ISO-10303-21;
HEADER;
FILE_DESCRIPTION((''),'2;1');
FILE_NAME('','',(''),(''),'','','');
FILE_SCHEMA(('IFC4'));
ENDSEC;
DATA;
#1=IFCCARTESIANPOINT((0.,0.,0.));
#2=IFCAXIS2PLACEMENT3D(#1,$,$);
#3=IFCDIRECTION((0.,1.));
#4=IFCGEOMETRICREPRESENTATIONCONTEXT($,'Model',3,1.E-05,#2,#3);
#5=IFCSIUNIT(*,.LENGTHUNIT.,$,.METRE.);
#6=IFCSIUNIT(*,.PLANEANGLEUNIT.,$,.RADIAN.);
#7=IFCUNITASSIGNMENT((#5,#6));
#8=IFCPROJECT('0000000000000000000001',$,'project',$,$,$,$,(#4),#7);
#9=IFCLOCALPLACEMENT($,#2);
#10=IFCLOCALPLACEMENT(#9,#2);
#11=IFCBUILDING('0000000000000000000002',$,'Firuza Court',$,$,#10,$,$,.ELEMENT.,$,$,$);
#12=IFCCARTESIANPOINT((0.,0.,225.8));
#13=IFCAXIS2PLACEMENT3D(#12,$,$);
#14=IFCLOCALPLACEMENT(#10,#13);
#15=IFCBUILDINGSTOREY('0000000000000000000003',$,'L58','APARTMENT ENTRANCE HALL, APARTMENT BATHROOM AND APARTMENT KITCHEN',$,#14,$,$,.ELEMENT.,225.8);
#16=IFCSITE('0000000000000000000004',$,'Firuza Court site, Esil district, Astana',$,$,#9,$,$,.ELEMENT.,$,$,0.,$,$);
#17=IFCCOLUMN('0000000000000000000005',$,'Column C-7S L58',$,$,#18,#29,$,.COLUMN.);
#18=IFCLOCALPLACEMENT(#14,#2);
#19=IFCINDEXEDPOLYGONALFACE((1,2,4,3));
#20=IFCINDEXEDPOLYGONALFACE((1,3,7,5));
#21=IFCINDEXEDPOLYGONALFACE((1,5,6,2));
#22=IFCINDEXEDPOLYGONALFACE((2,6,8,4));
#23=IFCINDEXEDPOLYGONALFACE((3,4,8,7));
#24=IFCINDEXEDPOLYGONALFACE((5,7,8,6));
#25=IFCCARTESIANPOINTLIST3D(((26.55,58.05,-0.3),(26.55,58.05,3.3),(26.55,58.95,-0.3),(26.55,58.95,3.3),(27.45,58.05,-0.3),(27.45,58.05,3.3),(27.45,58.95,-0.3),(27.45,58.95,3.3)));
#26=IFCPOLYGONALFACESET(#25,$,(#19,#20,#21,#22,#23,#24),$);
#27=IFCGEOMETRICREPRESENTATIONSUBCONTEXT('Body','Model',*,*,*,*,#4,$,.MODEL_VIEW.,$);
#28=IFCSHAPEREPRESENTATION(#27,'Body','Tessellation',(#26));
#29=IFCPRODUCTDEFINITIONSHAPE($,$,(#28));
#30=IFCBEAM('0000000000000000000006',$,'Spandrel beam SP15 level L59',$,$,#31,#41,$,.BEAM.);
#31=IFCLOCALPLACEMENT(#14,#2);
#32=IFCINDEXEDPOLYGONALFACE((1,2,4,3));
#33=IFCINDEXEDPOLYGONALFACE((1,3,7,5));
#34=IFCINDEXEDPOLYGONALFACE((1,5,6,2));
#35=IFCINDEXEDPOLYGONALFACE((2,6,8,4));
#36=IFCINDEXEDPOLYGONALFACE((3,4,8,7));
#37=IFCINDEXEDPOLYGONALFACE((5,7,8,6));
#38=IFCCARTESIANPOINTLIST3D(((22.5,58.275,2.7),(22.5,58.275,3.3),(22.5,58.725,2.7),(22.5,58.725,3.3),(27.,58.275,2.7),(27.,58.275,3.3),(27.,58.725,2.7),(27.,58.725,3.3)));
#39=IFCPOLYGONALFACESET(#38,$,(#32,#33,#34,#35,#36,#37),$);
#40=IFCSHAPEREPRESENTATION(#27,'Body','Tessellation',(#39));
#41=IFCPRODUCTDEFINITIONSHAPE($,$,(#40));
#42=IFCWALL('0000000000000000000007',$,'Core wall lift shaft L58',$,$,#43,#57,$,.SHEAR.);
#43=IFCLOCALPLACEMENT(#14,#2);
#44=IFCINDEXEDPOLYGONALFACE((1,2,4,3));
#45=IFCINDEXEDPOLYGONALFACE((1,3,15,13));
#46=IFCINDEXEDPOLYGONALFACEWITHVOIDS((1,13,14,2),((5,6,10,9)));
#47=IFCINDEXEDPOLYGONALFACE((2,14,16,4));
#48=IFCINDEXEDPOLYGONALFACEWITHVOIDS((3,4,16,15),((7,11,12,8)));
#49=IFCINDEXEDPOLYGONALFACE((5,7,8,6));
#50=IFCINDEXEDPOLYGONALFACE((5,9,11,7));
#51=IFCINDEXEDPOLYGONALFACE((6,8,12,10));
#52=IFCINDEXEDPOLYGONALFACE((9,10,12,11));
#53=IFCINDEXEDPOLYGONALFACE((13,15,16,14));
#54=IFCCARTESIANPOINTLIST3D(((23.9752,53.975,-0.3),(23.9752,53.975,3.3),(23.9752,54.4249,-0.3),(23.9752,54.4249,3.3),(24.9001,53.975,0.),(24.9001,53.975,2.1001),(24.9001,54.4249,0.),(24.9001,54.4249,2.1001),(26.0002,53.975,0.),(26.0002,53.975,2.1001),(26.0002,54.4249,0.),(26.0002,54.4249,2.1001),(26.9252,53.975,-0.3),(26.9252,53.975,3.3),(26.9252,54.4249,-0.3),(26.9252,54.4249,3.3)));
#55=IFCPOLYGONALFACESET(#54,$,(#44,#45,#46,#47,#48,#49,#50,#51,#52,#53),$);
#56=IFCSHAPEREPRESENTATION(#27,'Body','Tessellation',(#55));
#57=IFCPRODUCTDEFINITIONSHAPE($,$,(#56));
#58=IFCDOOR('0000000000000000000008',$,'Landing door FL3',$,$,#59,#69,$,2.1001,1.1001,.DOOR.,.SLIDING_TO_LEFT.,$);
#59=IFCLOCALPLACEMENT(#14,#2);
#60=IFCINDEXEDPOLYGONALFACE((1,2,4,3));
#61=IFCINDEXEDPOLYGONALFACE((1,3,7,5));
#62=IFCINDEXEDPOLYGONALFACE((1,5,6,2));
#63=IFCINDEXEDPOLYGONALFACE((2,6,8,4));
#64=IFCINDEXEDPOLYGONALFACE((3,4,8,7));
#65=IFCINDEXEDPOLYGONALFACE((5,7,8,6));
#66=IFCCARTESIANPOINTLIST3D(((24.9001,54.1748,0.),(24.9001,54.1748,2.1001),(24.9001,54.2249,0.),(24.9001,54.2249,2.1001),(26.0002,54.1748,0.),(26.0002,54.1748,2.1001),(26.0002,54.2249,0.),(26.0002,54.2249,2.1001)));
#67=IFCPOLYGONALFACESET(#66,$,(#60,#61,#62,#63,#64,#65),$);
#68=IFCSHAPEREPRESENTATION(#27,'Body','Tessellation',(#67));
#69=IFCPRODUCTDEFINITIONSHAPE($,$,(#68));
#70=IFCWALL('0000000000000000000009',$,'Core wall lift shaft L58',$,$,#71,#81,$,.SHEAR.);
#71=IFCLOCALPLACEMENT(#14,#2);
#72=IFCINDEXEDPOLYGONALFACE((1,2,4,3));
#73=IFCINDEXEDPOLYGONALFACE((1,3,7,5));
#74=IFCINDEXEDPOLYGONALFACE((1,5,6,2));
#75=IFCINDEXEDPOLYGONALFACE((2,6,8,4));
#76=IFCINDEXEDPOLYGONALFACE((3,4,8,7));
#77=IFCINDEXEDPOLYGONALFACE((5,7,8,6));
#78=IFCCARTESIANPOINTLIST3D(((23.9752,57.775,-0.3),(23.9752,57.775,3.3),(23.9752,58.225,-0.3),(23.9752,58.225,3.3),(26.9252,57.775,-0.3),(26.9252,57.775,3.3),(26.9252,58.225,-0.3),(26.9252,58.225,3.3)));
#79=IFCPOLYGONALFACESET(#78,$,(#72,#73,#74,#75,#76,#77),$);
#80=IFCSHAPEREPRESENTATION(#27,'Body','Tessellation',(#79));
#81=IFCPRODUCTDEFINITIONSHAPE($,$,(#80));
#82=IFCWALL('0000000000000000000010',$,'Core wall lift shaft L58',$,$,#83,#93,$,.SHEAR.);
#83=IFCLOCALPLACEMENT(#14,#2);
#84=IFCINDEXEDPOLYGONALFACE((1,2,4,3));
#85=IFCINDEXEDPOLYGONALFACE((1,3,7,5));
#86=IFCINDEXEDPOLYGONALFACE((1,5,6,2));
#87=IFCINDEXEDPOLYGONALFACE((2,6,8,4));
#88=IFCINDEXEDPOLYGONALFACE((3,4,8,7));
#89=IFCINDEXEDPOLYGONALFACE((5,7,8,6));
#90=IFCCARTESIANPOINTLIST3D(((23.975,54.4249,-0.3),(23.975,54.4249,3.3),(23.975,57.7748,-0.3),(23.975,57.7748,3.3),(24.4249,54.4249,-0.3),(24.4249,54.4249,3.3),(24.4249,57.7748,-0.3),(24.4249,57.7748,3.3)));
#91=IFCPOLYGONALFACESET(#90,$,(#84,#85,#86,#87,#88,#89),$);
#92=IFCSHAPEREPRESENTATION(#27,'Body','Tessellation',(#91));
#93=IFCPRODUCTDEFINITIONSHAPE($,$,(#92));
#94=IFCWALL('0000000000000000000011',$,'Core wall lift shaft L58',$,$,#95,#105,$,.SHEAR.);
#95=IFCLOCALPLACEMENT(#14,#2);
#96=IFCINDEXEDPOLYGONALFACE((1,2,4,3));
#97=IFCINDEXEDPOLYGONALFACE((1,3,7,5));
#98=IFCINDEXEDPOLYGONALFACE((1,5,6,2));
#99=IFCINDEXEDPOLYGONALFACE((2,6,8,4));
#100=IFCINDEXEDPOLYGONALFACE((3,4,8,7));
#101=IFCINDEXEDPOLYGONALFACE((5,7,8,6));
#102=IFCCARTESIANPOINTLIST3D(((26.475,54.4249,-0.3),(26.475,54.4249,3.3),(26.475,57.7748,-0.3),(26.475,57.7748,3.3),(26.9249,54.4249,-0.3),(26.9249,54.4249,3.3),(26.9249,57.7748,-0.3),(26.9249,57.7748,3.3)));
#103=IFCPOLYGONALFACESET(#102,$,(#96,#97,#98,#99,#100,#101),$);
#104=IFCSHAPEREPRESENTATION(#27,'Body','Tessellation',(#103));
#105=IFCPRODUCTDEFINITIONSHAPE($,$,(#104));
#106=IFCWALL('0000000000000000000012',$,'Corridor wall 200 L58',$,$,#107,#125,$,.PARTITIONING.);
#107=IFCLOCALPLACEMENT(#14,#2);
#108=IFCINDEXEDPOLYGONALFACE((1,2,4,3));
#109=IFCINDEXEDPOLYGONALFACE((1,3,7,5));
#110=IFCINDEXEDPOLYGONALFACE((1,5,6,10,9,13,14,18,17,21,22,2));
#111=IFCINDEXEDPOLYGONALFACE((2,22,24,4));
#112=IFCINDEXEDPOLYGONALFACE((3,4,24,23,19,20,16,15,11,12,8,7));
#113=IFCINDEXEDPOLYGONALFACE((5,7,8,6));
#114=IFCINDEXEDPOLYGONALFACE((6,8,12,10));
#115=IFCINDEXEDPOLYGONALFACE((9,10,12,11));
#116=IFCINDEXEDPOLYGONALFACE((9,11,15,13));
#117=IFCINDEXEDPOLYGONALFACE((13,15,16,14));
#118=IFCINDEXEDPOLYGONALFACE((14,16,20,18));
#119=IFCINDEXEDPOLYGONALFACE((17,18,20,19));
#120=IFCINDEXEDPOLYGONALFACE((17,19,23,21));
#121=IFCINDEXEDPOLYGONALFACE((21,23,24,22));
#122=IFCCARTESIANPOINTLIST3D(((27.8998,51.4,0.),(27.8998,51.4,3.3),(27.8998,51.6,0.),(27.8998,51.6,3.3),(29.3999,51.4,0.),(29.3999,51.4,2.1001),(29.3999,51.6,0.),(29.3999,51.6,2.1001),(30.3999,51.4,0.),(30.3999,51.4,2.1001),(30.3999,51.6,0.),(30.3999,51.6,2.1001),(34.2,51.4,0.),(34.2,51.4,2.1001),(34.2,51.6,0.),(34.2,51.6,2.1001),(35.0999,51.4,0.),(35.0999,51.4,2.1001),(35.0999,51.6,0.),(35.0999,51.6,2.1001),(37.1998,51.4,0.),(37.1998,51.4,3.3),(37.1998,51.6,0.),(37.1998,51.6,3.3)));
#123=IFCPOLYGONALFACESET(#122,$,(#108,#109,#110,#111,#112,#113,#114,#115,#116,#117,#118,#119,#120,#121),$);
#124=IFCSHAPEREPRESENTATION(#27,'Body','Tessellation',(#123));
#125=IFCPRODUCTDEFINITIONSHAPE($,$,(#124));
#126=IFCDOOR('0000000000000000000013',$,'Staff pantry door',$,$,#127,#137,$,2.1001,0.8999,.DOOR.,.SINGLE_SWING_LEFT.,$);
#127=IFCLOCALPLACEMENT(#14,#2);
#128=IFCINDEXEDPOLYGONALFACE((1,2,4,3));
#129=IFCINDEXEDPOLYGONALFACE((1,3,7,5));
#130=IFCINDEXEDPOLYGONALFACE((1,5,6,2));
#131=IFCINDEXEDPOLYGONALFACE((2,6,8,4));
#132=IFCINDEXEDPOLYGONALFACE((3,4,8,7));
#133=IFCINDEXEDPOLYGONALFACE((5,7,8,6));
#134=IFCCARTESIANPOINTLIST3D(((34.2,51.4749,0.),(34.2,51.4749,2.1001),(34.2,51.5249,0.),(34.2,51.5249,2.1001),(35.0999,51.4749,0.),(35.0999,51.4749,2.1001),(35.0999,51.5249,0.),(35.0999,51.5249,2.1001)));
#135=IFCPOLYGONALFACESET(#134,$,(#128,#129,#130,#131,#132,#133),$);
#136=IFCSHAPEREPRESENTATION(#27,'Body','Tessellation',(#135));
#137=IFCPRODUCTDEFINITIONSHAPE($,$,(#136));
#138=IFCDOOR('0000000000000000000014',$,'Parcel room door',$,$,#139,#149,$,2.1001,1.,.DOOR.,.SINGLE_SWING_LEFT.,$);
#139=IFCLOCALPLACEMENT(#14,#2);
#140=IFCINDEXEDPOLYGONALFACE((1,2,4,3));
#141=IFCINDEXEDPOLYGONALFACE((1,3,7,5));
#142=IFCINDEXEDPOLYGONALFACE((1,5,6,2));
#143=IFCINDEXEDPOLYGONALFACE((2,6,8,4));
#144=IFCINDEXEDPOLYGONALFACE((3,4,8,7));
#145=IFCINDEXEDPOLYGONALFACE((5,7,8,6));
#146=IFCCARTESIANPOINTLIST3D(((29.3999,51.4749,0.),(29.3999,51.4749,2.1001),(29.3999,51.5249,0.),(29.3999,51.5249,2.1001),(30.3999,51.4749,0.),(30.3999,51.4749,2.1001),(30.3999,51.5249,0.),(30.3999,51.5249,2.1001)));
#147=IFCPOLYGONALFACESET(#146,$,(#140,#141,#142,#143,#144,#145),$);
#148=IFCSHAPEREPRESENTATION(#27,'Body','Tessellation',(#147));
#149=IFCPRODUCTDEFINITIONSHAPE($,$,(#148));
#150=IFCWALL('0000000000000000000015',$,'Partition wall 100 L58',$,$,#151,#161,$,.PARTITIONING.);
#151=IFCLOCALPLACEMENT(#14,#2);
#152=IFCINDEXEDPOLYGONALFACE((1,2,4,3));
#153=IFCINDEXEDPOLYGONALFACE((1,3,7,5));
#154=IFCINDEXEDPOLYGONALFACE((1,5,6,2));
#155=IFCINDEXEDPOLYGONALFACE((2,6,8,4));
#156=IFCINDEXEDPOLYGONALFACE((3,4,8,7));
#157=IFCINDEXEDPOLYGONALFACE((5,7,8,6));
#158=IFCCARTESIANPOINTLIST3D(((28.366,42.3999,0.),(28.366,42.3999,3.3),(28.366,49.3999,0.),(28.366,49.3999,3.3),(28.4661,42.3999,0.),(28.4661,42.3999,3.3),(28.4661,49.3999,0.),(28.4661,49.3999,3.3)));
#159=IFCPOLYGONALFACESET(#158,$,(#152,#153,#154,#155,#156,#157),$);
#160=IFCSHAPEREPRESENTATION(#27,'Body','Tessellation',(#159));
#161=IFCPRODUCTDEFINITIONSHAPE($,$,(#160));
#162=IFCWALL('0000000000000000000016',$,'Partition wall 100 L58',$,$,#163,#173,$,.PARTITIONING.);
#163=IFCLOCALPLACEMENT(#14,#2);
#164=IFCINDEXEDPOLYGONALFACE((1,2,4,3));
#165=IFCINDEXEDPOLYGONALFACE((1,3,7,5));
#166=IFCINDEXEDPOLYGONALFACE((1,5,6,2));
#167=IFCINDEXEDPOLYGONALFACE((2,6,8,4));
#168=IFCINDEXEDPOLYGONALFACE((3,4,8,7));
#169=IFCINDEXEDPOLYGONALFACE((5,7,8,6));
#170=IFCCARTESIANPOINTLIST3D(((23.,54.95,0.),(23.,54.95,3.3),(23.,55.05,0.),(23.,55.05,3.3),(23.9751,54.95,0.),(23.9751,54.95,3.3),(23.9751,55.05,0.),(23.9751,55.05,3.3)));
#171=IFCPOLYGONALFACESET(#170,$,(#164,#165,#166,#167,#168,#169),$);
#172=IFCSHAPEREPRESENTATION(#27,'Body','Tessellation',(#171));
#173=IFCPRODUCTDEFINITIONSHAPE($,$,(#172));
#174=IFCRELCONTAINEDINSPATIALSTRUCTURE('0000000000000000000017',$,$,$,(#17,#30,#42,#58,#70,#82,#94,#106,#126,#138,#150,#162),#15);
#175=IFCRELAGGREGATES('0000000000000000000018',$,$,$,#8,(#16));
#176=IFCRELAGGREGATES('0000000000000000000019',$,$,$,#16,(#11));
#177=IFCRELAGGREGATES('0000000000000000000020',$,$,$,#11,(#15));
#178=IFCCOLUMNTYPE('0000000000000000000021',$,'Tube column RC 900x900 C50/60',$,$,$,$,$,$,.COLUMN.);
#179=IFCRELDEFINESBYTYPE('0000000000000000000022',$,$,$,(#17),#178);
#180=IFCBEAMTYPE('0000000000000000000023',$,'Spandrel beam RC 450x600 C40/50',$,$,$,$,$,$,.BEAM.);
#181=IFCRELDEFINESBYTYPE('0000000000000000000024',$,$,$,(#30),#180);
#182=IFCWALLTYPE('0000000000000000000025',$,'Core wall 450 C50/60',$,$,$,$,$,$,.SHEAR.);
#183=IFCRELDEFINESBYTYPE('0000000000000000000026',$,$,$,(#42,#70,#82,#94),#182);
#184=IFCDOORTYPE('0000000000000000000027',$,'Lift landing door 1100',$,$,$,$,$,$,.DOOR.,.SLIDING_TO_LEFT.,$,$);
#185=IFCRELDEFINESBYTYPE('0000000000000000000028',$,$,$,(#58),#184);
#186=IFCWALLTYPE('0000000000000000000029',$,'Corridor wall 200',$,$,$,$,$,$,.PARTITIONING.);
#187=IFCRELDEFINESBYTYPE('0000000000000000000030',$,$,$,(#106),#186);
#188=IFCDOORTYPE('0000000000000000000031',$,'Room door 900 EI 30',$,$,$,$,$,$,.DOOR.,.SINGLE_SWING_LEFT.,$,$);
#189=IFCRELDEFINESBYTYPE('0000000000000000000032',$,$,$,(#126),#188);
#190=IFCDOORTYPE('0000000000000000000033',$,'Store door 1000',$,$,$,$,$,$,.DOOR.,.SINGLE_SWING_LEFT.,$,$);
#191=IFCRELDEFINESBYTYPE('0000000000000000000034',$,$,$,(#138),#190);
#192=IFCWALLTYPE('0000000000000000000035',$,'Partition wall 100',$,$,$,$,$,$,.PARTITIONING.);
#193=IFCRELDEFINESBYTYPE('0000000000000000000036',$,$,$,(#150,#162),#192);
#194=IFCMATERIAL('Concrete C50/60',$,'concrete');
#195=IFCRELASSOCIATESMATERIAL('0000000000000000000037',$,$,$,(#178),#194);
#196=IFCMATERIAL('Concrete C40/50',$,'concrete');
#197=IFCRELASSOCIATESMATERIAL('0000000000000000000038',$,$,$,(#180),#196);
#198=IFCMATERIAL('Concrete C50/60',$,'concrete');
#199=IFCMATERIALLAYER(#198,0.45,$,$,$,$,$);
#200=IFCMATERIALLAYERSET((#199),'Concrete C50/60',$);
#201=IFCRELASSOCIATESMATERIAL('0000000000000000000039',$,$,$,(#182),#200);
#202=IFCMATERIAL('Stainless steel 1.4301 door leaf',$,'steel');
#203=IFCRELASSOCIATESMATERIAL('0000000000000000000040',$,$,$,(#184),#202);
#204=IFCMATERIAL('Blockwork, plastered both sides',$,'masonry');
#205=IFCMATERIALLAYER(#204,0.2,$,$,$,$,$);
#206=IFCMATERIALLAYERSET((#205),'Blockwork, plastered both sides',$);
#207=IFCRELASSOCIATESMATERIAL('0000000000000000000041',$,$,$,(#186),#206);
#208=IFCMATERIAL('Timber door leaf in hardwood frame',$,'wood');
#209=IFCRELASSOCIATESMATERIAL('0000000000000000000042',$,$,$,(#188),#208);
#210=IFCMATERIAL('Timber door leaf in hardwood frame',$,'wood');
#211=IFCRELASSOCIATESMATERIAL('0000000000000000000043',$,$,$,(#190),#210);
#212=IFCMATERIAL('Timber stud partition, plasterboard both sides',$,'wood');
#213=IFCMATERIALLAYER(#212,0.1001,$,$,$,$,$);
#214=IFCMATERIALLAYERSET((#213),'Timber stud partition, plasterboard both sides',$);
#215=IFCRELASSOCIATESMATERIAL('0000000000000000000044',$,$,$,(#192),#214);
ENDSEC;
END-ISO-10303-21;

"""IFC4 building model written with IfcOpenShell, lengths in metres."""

from ifc_helpers import new_model, si_unit, direction, frame, frame_2d, origin, origin_2d, place, context, subcontext, project, spatial, rectangle, extrude, material, layer, layer_set, material_profile, profile_set, type_object, element, fill, save


model = new_model("IFC4")

# Units and contexts
model_context = context("Model", 3, precision=1e-05, world=origin(), true_north=direction((0.0, 1.0)))
body_context = subcontext(model_context, "Body", "Model", "MODEL_VIEW")
ifc_project = project(units=[si_unit("LENGTHUNIT", "METRE"), si_unit("PLANEANGLEUNIT", "RADIAN")], contexts=[model_context])

# Site, building, storey
site_placement = place(None, origin())
site = spatial("IfcSite", under=ifc_project, at=site_placement, Name="Firuza Court site, Esil district, Astana", CompositionType="ELEMENT", RefElevation=0.0)
building_placement = place(site_placement, origin())
building = spatial("IfcBuilding", under=site, at=building_placement, Name="Firuza Court", CompositionType="ELEMENT")
storey_placement = place(building_placement, frame((0.0, 0.0, 225.8)))
storey = spatial("IfcBuildingStorey", under=building, at=storey_placement, Name="L58", Description="APARTMENT ENTRANCE HALL, APARTMENT BATHROOM AND APARTMENT KITCHEN", CompositionType="ELEMENT", Elevation=225.8)

# Column
ifc_material_1 = material(Name="Concrete C50/60", Category="concrete")
ifc_material_profile_1 = material_profile(ifc_material_1, rectangle(XDim=0.8999, YDim=0.8999, at=origin_2d()), Name="RC 900x900")
ifc_profile_set_1 = profile_set([ifc_material_profile_1], Name="Concrete C50/60")
column_type = type_object("IfcColumnType", Name="Tube column RC 900x900 C50/60", PredefinedType="COLUMN", material=ifc_profile_set_1)
column_placement = place(storey_placement, frame((27.0, 58.5, -0.3), z_axis=(0.0, 0.0, 1.0), x_axis=(1.0, 0.0, 0.0)))
element("IfcColumn", 1, at=column_placement, inside=storey, type_object=column_type, Name="Column C-7S L58", PredefinedType="COLUMN", context=body_context, shape_type="SweptSolid", body=[
    extrude(rectangle(XDim=0.8999, YDim=0.8999, at=origin_2d()), origin(), (0.0, 0.0, 1.0), 3.6001),
])

# Beam
ifc_material_2 = material(Name="Concrete C40/50", Category="concrete")
ifc_material_profile_2 = material_profile(ifc_material_2, rectangle(XDim=0.45, YDim=0.6001, at=origin_2d()), Name="RC 450x600")
ifc_profile_set_2 = profile_set([ifc_material_profile_2], Name="Concrete C40/50")
beam_type = type_object("IfcBeamType", Name="Spandrel beam RC 450x600 C40/50", PredefinedType="BEAM", material=ifc_profile_set_2)
beam_placement = place(storey_placement, frame((27.0, 58.5, 3.0), z_axis=(-1.0, 0.0, 0.0), x_axis=(0.0, -1.0, 0.0)))
element("IfcBeam", 2, at=beam_placement, inside=storey, type_object=beam_type, Name="Spandrel beam SP15 level L59", PredefinedType="BEAM", context=body_context, shape_type="SweptSolid", body=[
    extrude(rectangle(XDim=0.45, YDim=0.6001, at=origin_2d()), origin(), (0.0, 0.0, 1.0), 4.5),
])

# Wall, opening, door
ifc_material_3 = material(Name="Concrete C50/60", Category="concrete")
ifc_layer_1 = layer(ifc_material_3, 0.45)
ifc_layer_set_1 = layer_set([ifc_layer_1], Name="Concrete C50/60")
wall_type_1 = type_object("IfcWallType", Name="Core wall 450 C50/60", PredefinedType="SHEAR", material=ifc_layer_set_1)
wall_1_placement = place(storey_placement, frame((23.9751, 54.2, -0.3), z_axis=(0.0, 0.0, 1.0), x_axis=(1.0, 0.0, 0.0)))
wall_1 = element("IfcWall", 3, at=wall_1_placement, inside=storey, type_object=wall_type_1, Name="Core wall lift shaft L58", PredefinedType="SHEAR", context=body_context, shape_type="SweptSolid", body=[
    extrude(rectangle(XDim=2.95, YDim=0.45, at=frame_2d((1.4751, 0.0))), origin(), (0.0, 0.0, 1.0), 3.6001),
])
opening_1_placement = place(wall_1_placement, frame((0.925, 0.0, 0.3)))
opening_1 = element("IfcOpeningElement", 4, at=opening_1_placement, cuts=wall_1, PredefinedType="OPENING", context=body_context, shape_type="SweptSolid", body=[
    extrude(rectangle(XDim=1.1001, YDim=2.1001, at=frame_2d((0.55, 1.05))), frame((0.0, 0.2368, 0.0), z_axis=(0.0, -1.0, 0.0), x_axis=(1.0, 0.0, 0.0)), (0.0, 0.0, 1.0), 0.4739),
])
ifc_material_4 = material(Name="Stainless steel 1.4301 door leaf", Category="steel")
door_type_1 = type_object("IfcDoorType", Name="Lift landing door 1100", OperationType="SLIDING_TO_LEFT", PredefinedType="DOOR", material=ifc_material_4)
door_1_placement = place(opening_1_placement, origin())
door_1 = element("IfcDoor", 5, at=door_1_placement, inside=storey, type_object=door_type_1, Name="Landing door FL3", OperationType="SLIDING_TO_LEFT", OverallHeight=2.1001, OverallWidth=1.1001, PredefinedType="DOOR", context=body_context, shape_type="SweptSolid", body=[
    extrude(rectangle(XDim=1.1001, YDim=2.1001, at=frame_2d((0.55, 1.05))), frame((0.0, 0.0249, 0.0), z_axis=(0.0, -1.0, 0.0), x_axis=(1.0, 0.0, 0.0)), (0.0, 0.0, 1.0), 0.05),
])
fill(opening_1, door_1)

# Walls
wall_2_placement = place(storey_placement, frame((23.9751, 58.0, -0.3), z_axis=(0.0, 0.0, 1.0), x_axis=(1.0, 0.0, 0.0)))
element("IfcWall", 6, at=wall_2_placement, inside=storey, type_object=wall_type_1, Name="Core wall lift shaft L58", PredefinedType="SHEAR", context=body_context, shape_type="SweptSolid", body=[
    extrude(rectangle(XDim=2.95, YDim=0.45, at=frame_2d((1.4751, 0.0))), origin(), (0.0, 0.0, 1.0), 3.6001),
])
for number, where, z_axis, x_axis, name in (
    (7, (24.2, 54.425, -0.3), (0.0, 0.0, 1.0), (0.0, 1.0, 0.0), "Core wall lift shaft L58"),
    (8, (26.7, 54.425, -0.3), (0.0, 0.0, 1.0), (0.0, 1.0, 0.0), "Core wall lift shaft L58"),
):
    element("IfcWall", number, at=place(storey_placement, frame(where, z_axis=z_axis, x_axis=x_axis)), inside=storey, type_object=wall_type_1, Name=name, PredefinedType="SHEAR", context=body_context, shape_type="SweptSolid", body=[
        extrude(rectangle(XDim=3.3499, YDim=0.45, at=frame_2d((1.6748, 0.0))), origin(), (0.0, 0.0, 1.0), 3.6001),
    ])

# Wall, openings, doors
ifc_material_5 = material(Name="Blockwork, plastered both sides", Category="masonry")
ifc_layer_2 = layer(ifc_material_5, 0.2)
ifc_layer_set_2 = layer_set([ifc_layer_2], Name="Blockwork, plastered both sides")
wall_type_2 = type_object("IfcWallType", Name="Corridor wall 200", PredefinedType="PARTITIONING", material=ifc_layer_set_2)
wall_3_placement = place(storey_placement, frame((27.8999, 51.5, 0.0), z_axis=(0.0, 0.0, 1.0), x_axis=(1.0, 0.0, 0.0)))
wall_3 = element("IfcWall", 9, at=wall_3_placement, inside=storey, type_object=wall_type_2, Name="Corridor wall 200 L58", PredefinedType="PARTITIONING", context=body_context, shape_type="SweptSolid", body=[
    extrude(rectangle(XDim=9.3, YDim=0.2, at=frame_2d((4.6499, 0.0))), origin(), (0.0, 0.0, 1.0), 3.3),
])
opening_2_placement = place(wall_3_placement, frame((1.5, 0.0, 0.0)))
opening_2 = element("IfcOpeningElement", 10, at=opening_2_placement, cuts=wall_3, PredefinedType="OPENING", context=body_context, shape_type="SweptSolid", body=[
    extrude(rectangle(XDim=1.0, YDim=2.1001, at=frame_2d((0.5, 1.05))), frame((0.0, 0.1118, 0.0), z_axis=(0.0, -1.0, 0.0), x_axis=(1.0, 0.0, 0.0)), (0.0, 0.0, 1.0), 0.2239),
])
opening_3_placement = place(wall_3_placement, frame((6.3, 0.0, 0.0)))
opening_3 = element("IfcOpeningElement", 11, at=opening_3_placement, cuts=wall_3, PredefinedType="OPENING", context=body_context, shape_type="SweptSolid", body=[
    extrude(rectangle(XDim=0.8999, YDim=2.1001, at=frame_2d((0.45, 1.05))), frame((0.0, 0.1118, 0.0), z_axis=(0.0, -1.0, 0.0), x_axis=(1.0, 0.0, 0.0)), (0.0, 0.0, 1.0), 0.2239),
])
ifc_material_6 = material(Name="Timber door leaf in hardwood frame", Category="wood")
door_type_2 = type_object("IfcDoorType", Name="Room door 900 EI 30", OperationType="SINGLE_SWING_LEFT", PredefinedType="DOOR", material=ifc_material_6)
door_2_placement = place(opening_3_placement, origin())
door_2 = element("IfcDoor", 12, at=door_2_placement, inside=storey, type_object=door_type_2, Name="Staff pantry door", OperationType="SINGLE_SWING_LEFT", OverallHeight=2.1001, OverallWidth=0.8999, PredefinedType="DOOR", context=body_context, shape_type="SweptSolid", body=[
    extrude(rectangle(XDim=0.8999, YDim=2.1001, at=frame_2d((0.45, 1.05))), frame((0.0, 0.0249, 0.0), z_axis=(0.0, -1.0, 0.0), x_axis=(1.0, 0.0, 0.0)), (0.0, 0.0, 1.0), 0.05),
])
fill(opening_3, door_2)
ifc_material_7 = material(Name="Timber door leaf in hardwood frame", Category="wood")
door_type_3 = type_object("IfcDoorType", Name="Store door 1000", OperationType="SINGLE_SWING_LEFT", PredefinedType="DOOR", material=ifc_material_7)
door_3_placement = place(opening_2_placement, origin())
door_3 = element("IfcDoor", 13, at=door_3_placement, inside=storey, type_object=door_type_3, Name="Parcel room door", OperationType="SINGLE_SWING_LEFT", OverallHeight=2.1001, OverallWidth=1.0, PredefinedType="DOOR", context=body_context, shape_type="SweptSolid", body=[
    extrude(rectangle(XDim=1.0, YDim=2.1001, at=frame_2d((0.5, 1.05))), frame((0.0, 0.0249, 0.0), z_axis=(0.0, -1.0, 0.0), x_axis=(1.0, 0.0, 0.0)), (0.0, 0.0, 1.0), 0.05),
])
fill(opening_2, door_3)

# Walls
ifc_material_8 = material(Name="Timber stud partition, plasterboard both sides", Category="wood")
ifc_layer_3 = layer(ifc_material_8, 0.1001)
ifc_layer_set_3 = layer_set([ifc_layer_3], Name="Timber stud partition, plasterboard both sides")
wall_type_3 = type_object("IfcWallType", Name="Partition wall 100", PredefinedType="PARTITIONING", material=ifc_layer_set_3)
wall_4_placement = place(storey_placement, frame((28.416, 42.3999, 0.0), z_axis=(0.0, 0.0, 1.0), x_axis=(0.0, 1.0, 0.0)))
element("IfcWall", 14, at=wall_4_placement, inside=storey, type_object=wall_type_3, Name="Partition wall 100 L58", PredefinedType="PARTITIONING", context=body_context, shape_type="SweptSolid", body=[
    extrude(rectangle(XDim=7.0, YDim=0.1001, at=frame_2d((3.5, 0.0))), origin(), (0.0, 0.0, 1.0), 3.3),
])
wall_5_placement = place(storey_placement, frame((23.0, 55.0, 0.0), z_axis=(0.0, 0.0, 1.0), x_axis=(1.0, 0.0, 0.0)))
element("IfcWall", 15, at=wall_5_placement, inside=storey, type_object=wall_type_3, Name="Partition wall 100 L58", PredefinedType="PARTITIONING", context=body_context, shape_type="SweptSolid", body=[
    extrude(rectangle(XDim=0.9751, YDim=0.1001, at=frame_2d((0.4875, 0.0))), origin(), (0.0, 0.0, 1.0), 3.3),
])

save(model, "model.ifc")
